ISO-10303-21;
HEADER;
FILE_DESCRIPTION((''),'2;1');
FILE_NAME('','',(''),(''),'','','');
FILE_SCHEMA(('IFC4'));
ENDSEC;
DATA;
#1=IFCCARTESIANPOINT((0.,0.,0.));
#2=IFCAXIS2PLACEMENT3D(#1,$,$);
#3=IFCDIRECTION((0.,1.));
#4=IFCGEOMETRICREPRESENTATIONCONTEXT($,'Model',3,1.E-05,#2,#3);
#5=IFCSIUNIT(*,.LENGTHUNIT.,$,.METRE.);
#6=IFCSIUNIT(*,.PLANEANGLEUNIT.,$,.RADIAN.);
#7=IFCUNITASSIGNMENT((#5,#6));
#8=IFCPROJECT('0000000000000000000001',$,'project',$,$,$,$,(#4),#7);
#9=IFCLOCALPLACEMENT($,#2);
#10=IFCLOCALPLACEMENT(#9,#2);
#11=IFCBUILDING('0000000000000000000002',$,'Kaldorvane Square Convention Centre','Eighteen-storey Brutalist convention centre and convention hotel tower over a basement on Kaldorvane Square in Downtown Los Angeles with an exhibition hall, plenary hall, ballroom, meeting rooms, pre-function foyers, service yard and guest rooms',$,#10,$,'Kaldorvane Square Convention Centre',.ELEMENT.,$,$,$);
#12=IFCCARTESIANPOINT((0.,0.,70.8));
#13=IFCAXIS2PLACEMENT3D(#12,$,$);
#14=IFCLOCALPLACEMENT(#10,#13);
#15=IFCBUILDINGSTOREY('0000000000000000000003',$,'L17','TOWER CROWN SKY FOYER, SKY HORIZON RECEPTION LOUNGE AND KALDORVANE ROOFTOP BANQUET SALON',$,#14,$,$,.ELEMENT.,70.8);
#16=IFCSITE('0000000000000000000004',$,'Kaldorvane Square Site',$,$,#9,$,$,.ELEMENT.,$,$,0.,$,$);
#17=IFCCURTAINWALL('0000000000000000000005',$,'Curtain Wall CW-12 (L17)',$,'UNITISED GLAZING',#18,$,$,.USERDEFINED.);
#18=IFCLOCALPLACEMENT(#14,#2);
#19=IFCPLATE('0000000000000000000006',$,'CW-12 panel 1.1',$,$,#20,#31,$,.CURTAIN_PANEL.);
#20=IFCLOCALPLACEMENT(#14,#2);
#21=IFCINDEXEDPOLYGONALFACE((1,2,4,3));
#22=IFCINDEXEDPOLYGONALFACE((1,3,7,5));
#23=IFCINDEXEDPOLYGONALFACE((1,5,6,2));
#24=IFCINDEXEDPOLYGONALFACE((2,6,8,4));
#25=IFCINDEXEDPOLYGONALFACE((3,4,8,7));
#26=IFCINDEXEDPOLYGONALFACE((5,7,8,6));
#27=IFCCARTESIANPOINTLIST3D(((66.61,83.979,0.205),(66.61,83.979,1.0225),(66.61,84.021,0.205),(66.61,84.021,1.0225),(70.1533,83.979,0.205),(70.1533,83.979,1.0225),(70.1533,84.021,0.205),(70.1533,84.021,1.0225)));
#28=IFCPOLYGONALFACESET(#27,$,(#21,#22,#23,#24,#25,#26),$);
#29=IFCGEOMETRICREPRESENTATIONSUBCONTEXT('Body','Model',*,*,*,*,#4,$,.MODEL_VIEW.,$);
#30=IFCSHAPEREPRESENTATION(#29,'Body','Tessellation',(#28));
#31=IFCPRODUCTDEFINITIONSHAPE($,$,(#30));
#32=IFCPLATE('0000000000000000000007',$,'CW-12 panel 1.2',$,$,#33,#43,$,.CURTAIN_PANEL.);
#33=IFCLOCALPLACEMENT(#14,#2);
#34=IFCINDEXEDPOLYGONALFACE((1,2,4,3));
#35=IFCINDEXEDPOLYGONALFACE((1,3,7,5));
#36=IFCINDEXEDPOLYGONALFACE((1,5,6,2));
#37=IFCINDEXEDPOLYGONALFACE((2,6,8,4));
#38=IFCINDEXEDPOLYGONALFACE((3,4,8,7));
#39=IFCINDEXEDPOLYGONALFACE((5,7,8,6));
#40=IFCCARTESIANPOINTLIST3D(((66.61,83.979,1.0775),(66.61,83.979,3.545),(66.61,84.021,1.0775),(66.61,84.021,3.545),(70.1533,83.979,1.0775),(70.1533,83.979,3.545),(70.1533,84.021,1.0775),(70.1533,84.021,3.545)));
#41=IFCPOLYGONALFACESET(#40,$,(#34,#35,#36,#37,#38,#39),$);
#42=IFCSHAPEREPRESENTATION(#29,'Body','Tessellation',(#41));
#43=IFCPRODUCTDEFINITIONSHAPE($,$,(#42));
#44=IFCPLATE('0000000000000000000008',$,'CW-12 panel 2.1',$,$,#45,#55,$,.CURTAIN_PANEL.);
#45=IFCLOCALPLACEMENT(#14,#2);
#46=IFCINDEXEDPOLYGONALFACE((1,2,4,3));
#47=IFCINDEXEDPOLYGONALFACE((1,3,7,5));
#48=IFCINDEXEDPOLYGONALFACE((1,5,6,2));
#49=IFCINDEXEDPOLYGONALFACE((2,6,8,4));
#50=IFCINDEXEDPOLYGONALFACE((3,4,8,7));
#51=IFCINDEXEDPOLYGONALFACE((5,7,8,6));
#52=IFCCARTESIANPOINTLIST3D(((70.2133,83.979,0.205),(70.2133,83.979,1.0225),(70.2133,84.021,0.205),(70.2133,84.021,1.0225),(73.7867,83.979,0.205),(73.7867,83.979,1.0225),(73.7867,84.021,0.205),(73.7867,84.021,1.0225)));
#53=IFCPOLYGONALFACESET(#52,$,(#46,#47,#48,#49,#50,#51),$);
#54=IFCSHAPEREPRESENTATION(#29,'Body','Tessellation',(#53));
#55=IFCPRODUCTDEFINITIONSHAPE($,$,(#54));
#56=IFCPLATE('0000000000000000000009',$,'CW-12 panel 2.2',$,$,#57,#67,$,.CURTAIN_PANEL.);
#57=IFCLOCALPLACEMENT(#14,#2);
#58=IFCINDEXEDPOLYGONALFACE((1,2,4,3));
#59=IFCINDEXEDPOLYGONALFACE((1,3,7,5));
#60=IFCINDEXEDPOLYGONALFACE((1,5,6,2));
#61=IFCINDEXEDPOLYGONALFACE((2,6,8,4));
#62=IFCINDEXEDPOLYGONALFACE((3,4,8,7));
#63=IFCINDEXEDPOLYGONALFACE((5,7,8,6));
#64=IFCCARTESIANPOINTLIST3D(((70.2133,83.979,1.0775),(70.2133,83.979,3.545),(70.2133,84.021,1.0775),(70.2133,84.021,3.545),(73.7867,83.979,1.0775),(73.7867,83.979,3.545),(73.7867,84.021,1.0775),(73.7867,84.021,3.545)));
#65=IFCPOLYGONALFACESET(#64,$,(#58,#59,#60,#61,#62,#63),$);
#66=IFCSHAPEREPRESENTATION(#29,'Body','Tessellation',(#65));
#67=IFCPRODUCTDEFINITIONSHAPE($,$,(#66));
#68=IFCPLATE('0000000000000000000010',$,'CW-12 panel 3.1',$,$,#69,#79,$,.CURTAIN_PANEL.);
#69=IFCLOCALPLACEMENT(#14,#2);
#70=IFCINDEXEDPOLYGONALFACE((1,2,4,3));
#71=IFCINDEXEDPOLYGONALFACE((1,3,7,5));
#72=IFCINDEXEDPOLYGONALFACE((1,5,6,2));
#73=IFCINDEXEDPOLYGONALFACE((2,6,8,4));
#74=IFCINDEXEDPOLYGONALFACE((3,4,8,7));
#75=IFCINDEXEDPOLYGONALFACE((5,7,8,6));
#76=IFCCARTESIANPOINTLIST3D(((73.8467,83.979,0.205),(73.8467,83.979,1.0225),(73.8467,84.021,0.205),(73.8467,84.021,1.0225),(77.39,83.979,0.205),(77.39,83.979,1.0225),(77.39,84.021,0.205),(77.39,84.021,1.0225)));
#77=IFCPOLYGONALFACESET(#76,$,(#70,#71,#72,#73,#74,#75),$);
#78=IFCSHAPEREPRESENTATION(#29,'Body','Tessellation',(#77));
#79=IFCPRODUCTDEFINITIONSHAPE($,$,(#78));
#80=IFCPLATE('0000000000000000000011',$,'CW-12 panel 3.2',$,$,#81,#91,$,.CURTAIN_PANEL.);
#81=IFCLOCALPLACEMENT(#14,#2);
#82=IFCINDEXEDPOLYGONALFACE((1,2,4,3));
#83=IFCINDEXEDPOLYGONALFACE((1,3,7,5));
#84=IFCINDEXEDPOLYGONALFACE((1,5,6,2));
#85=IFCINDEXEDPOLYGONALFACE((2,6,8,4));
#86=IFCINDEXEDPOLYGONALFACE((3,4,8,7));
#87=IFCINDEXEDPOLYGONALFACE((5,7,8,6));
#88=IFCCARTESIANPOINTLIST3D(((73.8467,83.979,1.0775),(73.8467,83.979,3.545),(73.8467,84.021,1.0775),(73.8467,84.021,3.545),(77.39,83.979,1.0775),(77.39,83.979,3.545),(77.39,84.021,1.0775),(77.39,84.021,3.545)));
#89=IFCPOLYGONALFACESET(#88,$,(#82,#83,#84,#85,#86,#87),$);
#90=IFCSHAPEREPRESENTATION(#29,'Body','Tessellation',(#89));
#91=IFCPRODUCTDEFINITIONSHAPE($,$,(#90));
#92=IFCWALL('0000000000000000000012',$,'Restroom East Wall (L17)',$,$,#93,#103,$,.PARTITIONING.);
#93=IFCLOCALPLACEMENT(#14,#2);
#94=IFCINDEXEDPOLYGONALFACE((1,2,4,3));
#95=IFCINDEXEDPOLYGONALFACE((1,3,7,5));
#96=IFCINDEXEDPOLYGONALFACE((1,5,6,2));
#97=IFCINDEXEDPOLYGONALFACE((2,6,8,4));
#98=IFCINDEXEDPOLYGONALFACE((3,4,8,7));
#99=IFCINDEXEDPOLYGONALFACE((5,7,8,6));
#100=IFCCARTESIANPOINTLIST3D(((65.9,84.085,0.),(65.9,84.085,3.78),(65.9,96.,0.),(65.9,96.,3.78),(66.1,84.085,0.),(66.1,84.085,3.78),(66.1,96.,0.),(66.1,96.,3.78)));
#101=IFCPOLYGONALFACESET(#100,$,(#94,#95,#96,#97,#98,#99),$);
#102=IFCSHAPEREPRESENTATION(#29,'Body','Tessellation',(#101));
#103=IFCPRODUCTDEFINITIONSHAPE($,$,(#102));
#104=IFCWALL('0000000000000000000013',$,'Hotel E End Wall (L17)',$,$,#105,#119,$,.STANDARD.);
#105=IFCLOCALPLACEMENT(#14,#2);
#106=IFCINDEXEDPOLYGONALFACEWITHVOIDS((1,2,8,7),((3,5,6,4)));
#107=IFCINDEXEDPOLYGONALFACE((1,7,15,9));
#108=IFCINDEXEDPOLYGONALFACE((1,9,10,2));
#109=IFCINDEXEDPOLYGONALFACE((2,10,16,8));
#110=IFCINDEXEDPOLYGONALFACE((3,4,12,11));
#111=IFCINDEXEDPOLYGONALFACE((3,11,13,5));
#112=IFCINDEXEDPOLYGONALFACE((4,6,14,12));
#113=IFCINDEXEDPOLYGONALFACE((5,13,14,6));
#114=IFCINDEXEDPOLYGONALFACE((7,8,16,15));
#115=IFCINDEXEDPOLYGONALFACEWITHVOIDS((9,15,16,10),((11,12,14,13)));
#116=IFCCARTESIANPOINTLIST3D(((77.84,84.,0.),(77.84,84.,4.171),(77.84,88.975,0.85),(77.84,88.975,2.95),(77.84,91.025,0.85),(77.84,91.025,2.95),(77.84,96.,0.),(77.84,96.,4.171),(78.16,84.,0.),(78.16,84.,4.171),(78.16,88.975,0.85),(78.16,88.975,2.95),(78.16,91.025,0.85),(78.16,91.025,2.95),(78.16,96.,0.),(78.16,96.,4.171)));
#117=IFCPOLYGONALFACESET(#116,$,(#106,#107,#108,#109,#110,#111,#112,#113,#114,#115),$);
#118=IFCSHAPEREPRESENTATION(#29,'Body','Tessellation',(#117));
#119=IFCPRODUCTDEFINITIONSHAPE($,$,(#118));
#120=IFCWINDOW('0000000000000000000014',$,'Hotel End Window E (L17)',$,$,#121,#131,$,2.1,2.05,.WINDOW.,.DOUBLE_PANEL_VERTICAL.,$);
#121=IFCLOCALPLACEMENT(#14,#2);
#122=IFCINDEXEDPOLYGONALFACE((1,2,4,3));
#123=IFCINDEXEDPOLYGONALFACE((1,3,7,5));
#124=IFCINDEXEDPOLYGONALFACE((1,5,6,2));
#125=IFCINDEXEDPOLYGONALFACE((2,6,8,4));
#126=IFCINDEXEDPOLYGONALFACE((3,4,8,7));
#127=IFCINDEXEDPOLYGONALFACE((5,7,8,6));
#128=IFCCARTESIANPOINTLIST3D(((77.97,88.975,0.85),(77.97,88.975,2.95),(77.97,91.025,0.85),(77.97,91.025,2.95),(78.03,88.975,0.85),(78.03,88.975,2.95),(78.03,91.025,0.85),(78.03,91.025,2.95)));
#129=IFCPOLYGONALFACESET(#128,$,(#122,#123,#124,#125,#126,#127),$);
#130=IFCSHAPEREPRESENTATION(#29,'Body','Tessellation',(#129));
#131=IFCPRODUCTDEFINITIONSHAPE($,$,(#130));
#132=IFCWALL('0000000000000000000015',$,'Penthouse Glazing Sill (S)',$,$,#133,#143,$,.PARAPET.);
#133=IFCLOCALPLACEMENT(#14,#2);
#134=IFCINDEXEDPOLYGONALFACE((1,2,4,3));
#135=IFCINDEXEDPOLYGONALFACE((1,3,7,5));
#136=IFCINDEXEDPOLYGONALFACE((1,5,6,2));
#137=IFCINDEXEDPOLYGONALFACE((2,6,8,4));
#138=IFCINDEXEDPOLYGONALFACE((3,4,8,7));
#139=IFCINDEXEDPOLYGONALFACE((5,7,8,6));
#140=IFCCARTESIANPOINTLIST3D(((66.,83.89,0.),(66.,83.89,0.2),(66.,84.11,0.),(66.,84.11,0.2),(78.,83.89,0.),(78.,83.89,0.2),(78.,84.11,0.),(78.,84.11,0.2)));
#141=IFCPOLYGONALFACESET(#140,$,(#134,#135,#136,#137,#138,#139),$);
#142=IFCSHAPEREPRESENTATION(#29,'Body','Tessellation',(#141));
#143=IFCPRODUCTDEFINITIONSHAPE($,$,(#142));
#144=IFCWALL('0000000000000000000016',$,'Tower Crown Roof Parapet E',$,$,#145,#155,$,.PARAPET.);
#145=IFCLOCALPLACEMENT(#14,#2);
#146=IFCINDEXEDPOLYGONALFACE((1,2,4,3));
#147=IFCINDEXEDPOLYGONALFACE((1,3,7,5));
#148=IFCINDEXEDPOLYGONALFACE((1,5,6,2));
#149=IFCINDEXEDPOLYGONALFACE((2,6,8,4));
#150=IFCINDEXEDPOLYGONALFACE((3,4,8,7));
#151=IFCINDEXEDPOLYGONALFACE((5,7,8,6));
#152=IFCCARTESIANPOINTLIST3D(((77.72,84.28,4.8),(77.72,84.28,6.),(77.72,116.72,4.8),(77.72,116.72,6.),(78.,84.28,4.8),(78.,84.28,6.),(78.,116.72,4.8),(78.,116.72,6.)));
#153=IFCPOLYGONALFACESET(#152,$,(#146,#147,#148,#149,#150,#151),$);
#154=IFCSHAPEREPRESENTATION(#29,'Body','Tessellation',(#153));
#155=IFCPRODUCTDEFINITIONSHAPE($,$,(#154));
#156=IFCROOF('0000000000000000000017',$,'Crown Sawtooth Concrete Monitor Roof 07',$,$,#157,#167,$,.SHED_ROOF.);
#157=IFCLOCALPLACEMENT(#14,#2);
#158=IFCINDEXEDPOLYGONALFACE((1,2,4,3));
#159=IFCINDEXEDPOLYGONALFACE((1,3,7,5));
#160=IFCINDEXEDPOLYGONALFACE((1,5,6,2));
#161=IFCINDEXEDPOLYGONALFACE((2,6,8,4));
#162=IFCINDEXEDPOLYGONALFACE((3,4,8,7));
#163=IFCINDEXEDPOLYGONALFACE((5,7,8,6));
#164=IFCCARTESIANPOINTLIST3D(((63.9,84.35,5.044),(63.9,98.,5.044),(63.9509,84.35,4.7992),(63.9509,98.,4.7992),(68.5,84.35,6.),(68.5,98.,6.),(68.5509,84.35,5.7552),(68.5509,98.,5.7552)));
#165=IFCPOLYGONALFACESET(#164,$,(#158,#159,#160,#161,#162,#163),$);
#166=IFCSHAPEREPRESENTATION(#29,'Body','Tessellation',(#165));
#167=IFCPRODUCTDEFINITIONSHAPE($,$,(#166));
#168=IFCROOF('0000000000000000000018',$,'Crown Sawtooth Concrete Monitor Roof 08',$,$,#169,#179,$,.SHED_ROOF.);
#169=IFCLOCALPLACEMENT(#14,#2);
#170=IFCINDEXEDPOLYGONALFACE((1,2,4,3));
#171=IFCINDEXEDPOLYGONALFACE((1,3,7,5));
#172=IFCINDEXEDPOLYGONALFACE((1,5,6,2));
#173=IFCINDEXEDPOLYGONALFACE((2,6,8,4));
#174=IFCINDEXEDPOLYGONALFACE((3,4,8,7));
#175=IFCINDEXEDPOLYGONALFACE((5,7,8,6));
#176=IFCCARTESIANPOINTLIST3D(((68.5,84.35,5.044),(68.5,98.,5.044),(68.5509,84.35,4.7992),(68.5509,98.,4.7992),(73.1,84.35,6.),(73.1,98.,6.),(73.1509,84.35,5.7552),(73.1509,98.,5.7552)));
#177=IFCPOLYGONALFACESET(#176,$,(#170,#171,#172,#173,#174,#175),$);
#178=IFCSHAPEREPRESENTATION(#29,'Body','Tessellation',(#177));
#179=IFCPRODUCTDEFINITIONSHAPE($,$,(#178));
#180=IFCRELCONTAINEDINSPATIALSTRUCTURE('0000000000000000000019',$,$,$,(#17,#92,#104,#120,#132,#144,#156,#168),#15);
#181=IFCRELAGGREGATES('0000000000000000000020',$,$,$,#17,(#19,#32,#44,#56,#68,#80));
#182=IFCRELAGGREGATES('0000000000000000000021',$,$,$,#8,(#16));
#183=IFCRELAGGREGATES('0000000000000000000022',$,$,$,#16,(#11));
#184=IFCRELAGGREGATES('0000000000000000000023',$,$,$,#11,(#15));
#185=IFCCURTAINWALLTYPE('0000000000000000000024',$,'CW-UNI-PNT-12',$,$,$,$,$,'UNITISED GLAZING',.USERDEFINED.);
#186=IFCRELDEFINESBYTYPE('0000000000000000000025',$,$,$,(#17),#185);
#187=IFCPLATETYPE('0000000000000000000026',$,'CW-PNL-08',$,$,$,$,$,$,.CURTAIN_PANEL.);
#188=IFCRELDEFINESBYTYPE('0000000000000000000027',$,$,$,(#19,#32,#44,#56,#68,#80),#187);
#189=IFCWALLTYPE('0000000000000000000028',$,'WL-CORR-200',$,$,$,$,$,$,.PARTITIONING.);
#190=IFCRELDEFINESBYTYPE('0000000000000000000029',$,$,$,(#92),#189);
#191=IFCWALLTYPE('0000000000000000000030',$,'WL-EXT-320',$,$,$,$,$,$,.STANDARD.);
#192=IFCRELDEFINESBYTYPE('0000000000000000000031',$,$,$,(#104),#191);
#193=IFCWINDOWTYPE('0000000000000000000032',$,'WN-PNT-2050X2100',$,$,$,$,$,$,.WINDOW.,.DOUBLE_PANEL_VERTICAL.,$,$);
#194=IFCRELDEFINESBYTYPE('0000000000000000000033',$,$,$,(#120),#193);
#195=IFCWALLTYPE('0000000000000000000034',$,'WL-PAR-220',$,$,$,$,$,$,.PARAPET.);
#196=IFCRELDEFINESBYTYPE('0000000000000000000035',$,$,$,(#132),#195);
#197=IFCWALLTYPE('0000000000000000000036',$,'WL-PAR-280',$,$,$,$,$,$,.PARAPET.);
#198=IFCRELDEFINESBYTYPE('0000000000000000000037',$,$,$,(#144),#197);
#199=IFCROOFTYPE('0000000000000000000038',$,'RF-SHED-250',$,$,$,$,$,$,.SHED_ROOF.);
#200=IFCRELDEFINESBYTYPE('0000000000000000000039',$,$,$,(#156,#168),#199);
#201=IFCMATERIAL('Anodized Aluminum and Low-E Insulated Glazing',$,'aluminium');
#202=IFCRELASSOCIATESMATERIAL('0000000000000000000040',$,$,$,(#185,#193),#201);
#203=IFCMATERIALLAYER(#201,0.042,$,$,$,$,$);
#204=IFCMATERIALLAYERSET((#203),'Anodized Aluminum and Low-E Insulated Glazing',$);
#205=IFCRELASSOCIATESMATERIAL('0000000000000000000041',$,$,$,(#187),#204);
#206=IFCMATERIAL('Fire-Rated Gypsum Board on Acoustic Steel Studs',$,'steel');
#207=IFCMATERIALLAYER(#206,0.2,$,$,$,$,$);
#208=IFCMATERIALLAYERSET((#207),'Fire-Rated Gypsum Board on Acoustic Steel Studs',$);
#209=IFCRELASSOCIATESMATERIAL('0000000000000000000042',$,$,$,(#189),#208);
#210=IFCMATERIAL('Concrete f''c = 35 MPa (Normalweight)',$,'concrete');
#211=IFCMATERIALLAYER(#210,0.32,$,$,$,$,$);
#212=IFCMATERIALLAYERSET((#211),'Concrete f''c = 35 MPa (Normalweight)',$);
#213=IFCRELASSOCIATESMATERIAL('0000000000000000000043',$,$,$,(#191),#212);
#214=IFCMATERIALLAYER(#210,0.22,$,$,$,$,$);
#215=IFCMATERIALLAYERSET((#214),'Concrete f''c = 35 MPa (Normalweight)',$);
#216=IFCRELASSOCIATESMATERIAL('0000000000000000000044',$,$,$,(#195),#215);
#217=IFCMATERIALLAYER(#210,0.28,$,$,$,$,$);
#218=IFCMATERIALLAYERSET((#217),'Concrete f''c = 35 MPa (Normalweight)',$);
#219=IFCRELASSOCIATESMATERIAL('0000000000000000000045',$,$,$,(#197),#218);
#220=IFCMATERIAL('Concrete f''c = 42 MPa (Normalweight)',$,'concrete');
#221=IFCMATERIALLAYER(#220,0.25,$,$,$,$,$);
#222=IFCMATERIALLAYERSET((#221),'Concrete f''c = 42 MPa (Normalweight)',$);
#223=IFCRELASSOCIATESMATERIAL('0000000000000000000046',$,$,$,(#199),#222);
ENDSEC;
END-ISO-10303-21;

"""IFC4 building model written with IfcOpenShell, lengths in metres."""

from ifc_helpers import new_model, si_unit, direction, frame, frame_2d, origin, origin_2d, place, context, subcontext, project, spatial, polyline, rectangle, outline, extrude, material, layer, layer_set, type_object, element, fill, aggregate, save


model = new_model("IFC4")

# Units and contexts
model_context = context("Model", 3, precision=1e-05, world=origin(), true_north=direction((0.0, 1.0)))
body_context = subcontext(model_context, "Body", "Model", "MODEL_VIEW")
ifc_project = project(units=[si_unit("LENGTHUNIT", "METRE"), si_unit("PLANEANGLEUNIT", "RADIAN")], contexts=[model_context])

# Site, building, storey
site_placement = place(None, origin())
site = spatial("IfcSite", under=ifc_project, at=site_placement, Name="Kaldorvane Square Site", CompositionType="ELEMENT", RefElevation=0.0)
building_placement = place(site_placement, origin())
building = spatial("IfcBuilding", under=site, at=building_placement, Name="Kaldorvane Square Convention Centre", Description="Eighteen-storey Brutalist convention centre and convention hotel tower over a basement on Kaldorvane Square in Downtown Los Angeles with an exhibition hall, plenary hall, ballroom, meeting rooms, pre-function foyers, service yard and guest rooms", LongName="Kaldorvane Square Convention Centre", CompositionType="ELEMENT")
storey_placement = place(building_placement, frame((0.0, 0.0, 70.8)))
storey = spatial("IfcBuildingStorey", under=building, at=storey_placement, Name="L17", Description="TOWER CROWN SKY FOYER, SKY HORIZON RECEPTION LOUNGE AND KALDORVANE ROOFTOP BANQUET SALON", CompositionType="ELEMENT", Elevation=70.8)

# Curtain wall
ifc_material_1 = material(Name="Anodized Aluminum and Low-E Insulated Glazing", Category="aluminium")
curtain_wall_type = type_object("IfcCurtainWallType", Name="CW-UNI-PNT-12", ElementType="UNITISED GLAZING", PredefinedType="USERDEFINED", material=ifc_material_1)
curtain_wall_1_placement = place(storey_placement, origin())
curtain_wall_1 = element("IfcCurtainWall", 1, at=curtain_wall_1_placement, inside=storey, type_object=curtain_wall_type, Name="Curtain Wall CW-12 (L17)", ObjectType="UNITISED GLAZING", PredefinedType="USERDEFINED")

# Shared definitions
ifc_layer_1 = layer(ifc_material_1, 0.042)
ifc_layer_set_1 = layer_set([ifc_layer_1], Name="Anodized Aluminum and Low-E Insulated Glazing")
plate_type = type_object("IfcPlateType", Name="CW-PNL-08", PredefinedType="CURTAIN_PANEL", material=ifc_layer_set_1)

# Plates
plate_1_placement = place(storey_placement, frame((68.3817, 84.0, 0.205), z_axis=(0.0, 0.0, 1.0), x_axis=(1.0, 0.0, 0.0)))
plate_1 = element("IfcPlate", 2, at=plate_1_placement, type_object=plate_type, Name="CW-12 panel 1.1", PredefinedType="CURTAIN_PANEL", context=body_context, shape_type="SweptSolid", body=[
    extrude(rectangle(XDim=3.5433, YDim=0.042, at=origin_2d()), origin(), (0.0, 0.0, 1.0), 0.8175),
])
plate_2_placement = place(storey_placement, frame((68.3817, 84.0, 1.0775), z_axis=(0.0, 0.0, 1.0), x_axis=(1.0, 0.0, 0.0)))
plate_2 = element("IfcPlate", 3, at=plate_2_placement, type_object=plate_type, Name="CW-12 panel 1.2", PredefinedType="CURTAIN_PANEL", context=body_context, shape_type="SweptSolid", body=[
    extrude(rectangle(XDim=3.5433, YDim=0.042, at=origin_2d()), origin(), (0.0, 0.0, 1.0), 2.4675),
])
plate_3_placement = place(storey_placement, frame((72.0, 84.0, 0.205), z_axis=(0.0, 0.0, 1.0), x_axis=(1.0, 0.0, 0.0)))
plate_3 = element("IfcPlate", 4, at=plate_3_placement, type_object=plate_type, Name="CW-12 panel 2.1", PredefinedType="CURTAIN_PANEL", context=body_context, shape_type="SweptSolid", body=[
    extrude(rectangle(XDim=3.5733, YDim=0.042, at=origin_2d()), origin(), (0.0, 0.0, 1.0), 0.8175),
])
plate_4_placement = place(storey_placement, frame((72.0, 84.0, 1.0775), z_axis=(0.0, 0.0, 1.0), x_axis=(1.0, 0.0, 0.0)))
plate_4 = element("IfcPlate", 5, at=plate_4_placement, type_object=plate_type, Name="CW-12 panel 2.2", PredefinedType="CURTAIN_PANEL", context=body_context, shape_type="SweptSolid", body=[
    extrude(rectangle(XDim=3.5733, YDim=0.042, at=origin_2d()), origin(), (0.0, 0.0, 1.0), 2.4675),
])
plate_5_placement = place(storey_placement, frame((75.6183, 84.0, 0.205), z_axis=(0.0, 0.0, 1.0), x_axis=(1.0, 0.0, 0.0)))
plate_5 = element("IfcPlate", 6, at=plate_5_placement, type_object=plate_type, Name="CW-12 panel 3.1", PredefinedType="CURTAIN_PANEL", context=body_context, shape_type="SweptSolid", body=[
    extrude(rectangle(XDim=3.5433, YDim=0.042, at=origin_2d()), origin(), (0.0, 0.0, 1.0), 0.8175),
])
plate_6_placement = place(storey_placement, frame((75.6183, 84.0, 1.0775), z_axis=(0.0, 0.0, 1.0), x_axis=(1.0, 0.0, 0.0)))
plate_6 = element("IfcPlate", 7, at=plate_6_placement, type_object=plate_type, Name="CW-12 panel 3.2", PredefinedType="CURTAIN_PANEL", context=body_context, shape_type="SweptSolid", body=[
    extrude(rectangle(XDim=3.5433, YDim=0.042, at=origin_2d()), origin(), (0.0, 0.0, 1.0), 2.4675),
])
aggregate(curtain_wall_1, [plate_1, plate_2, plate_3, plate_4, plate_5, plate_6])

# Wall
ifc_material_2 = material(Name="Fire-Rated Gypsum Board on Acoustic Steel Studs", Category="steel")
ifc_layer_2 = layer(ifc_material_2, 0.2)
ifc_layer_set_2 = layer_set([ifc_layer_2], Name="Fire-Rated Gypsum Board on Acoustic Steel Studs")
wall_type_1 = type_object("IfcWallType", Name="WL-CORR-200", PredefinedType="PARTITIONING", material=ifc_layer_set_2)
wall_1_placement = place(storey_placement, frame((66.0, 84.085, 0.0), z_axis=(0.0, 0.0, 1.0), x_axis=(0.0, 1.0, 0.0)))
element("IfcWall", 8, at=wall_1_placement, inside=storey, type_object=wall_type_1, Name="Restroom East Wall (L17)", PredefinedType="PARTITIONING", context=body_context, shape_type="SweptSolid", body=[
    extrude(rectangle(XDim=11.915, YDim=0.2, at=frame_2d((5.9575, 0.0))), origin(), (0.0, 0.0, 1.0), 3.78),
])

# Wall, opening, window
ifc_material_3 = material(Name="Concrete f'c = 35 MPa (Normalweight)", Category="concrete")
ifc_layer_3 = layer(ifc_material_3, 0.32)
ifc_layer_set_3 = layer_set([ifc_layer_3], Name="Concrete f'c = 35 MPa (Normalweight)")
wall_type_2 = type_object("IfcWallType", Name="WL-EXT-320", PredefinedType="STANDARD", material=ifc_layer_set_3)
wall_2_placement = place(storey_placement, frame((78.0, 84.0, 0.0), z_axis=(0.0, 0.0, 1.0), x_axis=(0.0, 1.0, 0.0)))
wall_2 = element("IfcWall", 9, at=wall_2_placement, inside=storey, type_object=wall_type_2, Name="Hotel E End Wall (L17)", PredefinedType="STANDARD", context=body_context, shape_type="SweptSolid", body=[
    extrude(rectangle(XDim=12.0, YDim=0.32, at=frame_2d((6.0, 0.0))), origin(), (0.0, 0.0, 1.0), 4.171),
])
opening_placement = place(wall_2_placement, frame((4.975, 0.0, 0.85)))
opening = element("IfcOpeningElement", 10, at=opening_placement, cuts=wall_2, PredefinedType="OPENING", context=body_context, shape_type="SweptSolid", body=[
    extrude(rectangle(XDim=2.05, YDim=2.1, at=frame_2d((1.025, 1.05))), frame((0.0, 0.175, 0.0), z_axis=(0.0, -1.0, 0.0), x_axis=(1.0, 0.0, 0.0)), (0.0, 0.0, 1.0), 0.35),
])
window_type = type_object("IfcWindowType", Name="WN-PNT-2050X2100", PartitioningType="DOUBLE_PANEL_VERTICAL", PredefinedType="WINDOW", material=ifc_material_1)
window_placement = place(opening_placement, origin())
window = element("IfcWindow", 11, at=window_placement, inside=storey, type_object=window_type, Name="Hotel End Window E (L17)", OverallHeight=2.1, OverallWidth=2.05, PartitioningType="DOUBLE_PANEL_VERTICAL", PredefinedType="WINDOW", context=body_context, shape_type="SweptSolid", body=[
    extrude(rectangle(XDim=2.05, YDim=2.1, at=frame_2d((1.025, 1.05))), frame((0.0, 0.03, 0.0), z_axis=(0.0, -1.0, 0.0), x_axis=(1.0, 0.0, 0.0)), (0.0, 0.0, 1.0), 0.06),
])
fill(opening, window)

# Walls
ifc_layer_4 = layer(ifc_material_3, 0.22)
ifc_layer_set_4 = layer_set([ifc_layer_4], Name="Concrete f'c = 35 MPa (Normalweight)")
wall_type_3 = type_object("IfcWallType", Name="WL-PAR-220", PredefinedType="PARAPET", material=ifc_layer_set_4)
wall_3_placement = place(storey_placement, frame((66.0, 84.0, 0.0), z_axis=(0.0, 0.0, 1.0), x_axis=(1.0, 0.0, 0.0)))
element("IfcWall", 12, at=wall_3_placement, inside=storey, type_object=wall_type_3, Name="Penthouse Glazing Sill (S)", PredefinedType="PARAPET", context=body_context, shape_type="SweptSolid", body=[
    extrude(rectangle(XDim=12.0, YDim=0.22, at=frame_2d((6.0, 0.0))), origin(), (0.0, 0.0, 1.0), 0.2),
])
ifc_layer_5 = layer(ifc_material_3, 0.28)
ifc_layer_set_5 = layer_set([ifc_layer_5], Name="Concrete f'c = 35 MPa (Normalweight)")
wall_type_4 = type_object("IfcWallType", Name="WL-PAR-280", PredefinedType="PARAPET", material=ifc_layer_set_5)
wall_4_placement = place(storey_placement, frame((77.86, 84.28, 4.8), z_axis=(0.0, 0.0, 1.0), x_axis=(0.0, 1.0, 0.0)))
element("IfcWall", 13, at=wall_4_placement, inside=storey, type_object=wall_type_4, Name="Tower Crown Roof Parapet E", PredefinedType="PARAPET", context=body_context, shape_type="SweptSolid", body=[
    extrude(rectangle(XDim=32.44, YDim=0.28, at=frame_2d((16.22, 0.0))), origin(), (0.0, 0.0, 1.0), 1.2),
])

# Roofs
ifc_material_4 = material(Name="Concrete f'c = 42 MPa (Normalweight)", Category="concrete")
ifc_layer_6 = layer(ifc_material_4, 0.25)
ifc_layer_set_6 = layer_set([ifc_layer_6], Name="Concrete f'c = 42 MPa (Normalweight)")
roof_type = type_object("IfcRoofType", Name="RF-SHED-250", PredefinedType="SHED_ROOF", material=ifc_layer_set_6)
for number, where, z_axis, x_axis, name in (
    (14, (63.9, 84.35, 5.044), (-0.20348, 0.0, 0.979079), (0.979079, 0.0, 0.20348), "Crown Sawtooth Concrete Monitor Roof 07"),
    (15, (68.5, 84.35, 5.044), (-0.20348, 0.0, 0.979079), (0.979079, 0.0, 0.20348), "Crown Sawtooth Concrete Monitor Roof 08"),
):
    element("IfcRoof", number, at=place(storey_placement, frame(where, z_axis=z_axis, x_axis=x_axis)), inside=storey, type_object=roof_type, Name=name, PredefinedType="SHED_ROOF", context=body_context, shape_type="SweptSolid", body=[
        extrude(outline(polyline([(0.0, 0.0), (4.6983, 0.0), (4.6983, 13.65), (0.0, 13.65), (0.0, 0.0)])), origin(), (0.0, 0.0, -1.0), 0.25),
    ])

save(model, "model.ifc")
